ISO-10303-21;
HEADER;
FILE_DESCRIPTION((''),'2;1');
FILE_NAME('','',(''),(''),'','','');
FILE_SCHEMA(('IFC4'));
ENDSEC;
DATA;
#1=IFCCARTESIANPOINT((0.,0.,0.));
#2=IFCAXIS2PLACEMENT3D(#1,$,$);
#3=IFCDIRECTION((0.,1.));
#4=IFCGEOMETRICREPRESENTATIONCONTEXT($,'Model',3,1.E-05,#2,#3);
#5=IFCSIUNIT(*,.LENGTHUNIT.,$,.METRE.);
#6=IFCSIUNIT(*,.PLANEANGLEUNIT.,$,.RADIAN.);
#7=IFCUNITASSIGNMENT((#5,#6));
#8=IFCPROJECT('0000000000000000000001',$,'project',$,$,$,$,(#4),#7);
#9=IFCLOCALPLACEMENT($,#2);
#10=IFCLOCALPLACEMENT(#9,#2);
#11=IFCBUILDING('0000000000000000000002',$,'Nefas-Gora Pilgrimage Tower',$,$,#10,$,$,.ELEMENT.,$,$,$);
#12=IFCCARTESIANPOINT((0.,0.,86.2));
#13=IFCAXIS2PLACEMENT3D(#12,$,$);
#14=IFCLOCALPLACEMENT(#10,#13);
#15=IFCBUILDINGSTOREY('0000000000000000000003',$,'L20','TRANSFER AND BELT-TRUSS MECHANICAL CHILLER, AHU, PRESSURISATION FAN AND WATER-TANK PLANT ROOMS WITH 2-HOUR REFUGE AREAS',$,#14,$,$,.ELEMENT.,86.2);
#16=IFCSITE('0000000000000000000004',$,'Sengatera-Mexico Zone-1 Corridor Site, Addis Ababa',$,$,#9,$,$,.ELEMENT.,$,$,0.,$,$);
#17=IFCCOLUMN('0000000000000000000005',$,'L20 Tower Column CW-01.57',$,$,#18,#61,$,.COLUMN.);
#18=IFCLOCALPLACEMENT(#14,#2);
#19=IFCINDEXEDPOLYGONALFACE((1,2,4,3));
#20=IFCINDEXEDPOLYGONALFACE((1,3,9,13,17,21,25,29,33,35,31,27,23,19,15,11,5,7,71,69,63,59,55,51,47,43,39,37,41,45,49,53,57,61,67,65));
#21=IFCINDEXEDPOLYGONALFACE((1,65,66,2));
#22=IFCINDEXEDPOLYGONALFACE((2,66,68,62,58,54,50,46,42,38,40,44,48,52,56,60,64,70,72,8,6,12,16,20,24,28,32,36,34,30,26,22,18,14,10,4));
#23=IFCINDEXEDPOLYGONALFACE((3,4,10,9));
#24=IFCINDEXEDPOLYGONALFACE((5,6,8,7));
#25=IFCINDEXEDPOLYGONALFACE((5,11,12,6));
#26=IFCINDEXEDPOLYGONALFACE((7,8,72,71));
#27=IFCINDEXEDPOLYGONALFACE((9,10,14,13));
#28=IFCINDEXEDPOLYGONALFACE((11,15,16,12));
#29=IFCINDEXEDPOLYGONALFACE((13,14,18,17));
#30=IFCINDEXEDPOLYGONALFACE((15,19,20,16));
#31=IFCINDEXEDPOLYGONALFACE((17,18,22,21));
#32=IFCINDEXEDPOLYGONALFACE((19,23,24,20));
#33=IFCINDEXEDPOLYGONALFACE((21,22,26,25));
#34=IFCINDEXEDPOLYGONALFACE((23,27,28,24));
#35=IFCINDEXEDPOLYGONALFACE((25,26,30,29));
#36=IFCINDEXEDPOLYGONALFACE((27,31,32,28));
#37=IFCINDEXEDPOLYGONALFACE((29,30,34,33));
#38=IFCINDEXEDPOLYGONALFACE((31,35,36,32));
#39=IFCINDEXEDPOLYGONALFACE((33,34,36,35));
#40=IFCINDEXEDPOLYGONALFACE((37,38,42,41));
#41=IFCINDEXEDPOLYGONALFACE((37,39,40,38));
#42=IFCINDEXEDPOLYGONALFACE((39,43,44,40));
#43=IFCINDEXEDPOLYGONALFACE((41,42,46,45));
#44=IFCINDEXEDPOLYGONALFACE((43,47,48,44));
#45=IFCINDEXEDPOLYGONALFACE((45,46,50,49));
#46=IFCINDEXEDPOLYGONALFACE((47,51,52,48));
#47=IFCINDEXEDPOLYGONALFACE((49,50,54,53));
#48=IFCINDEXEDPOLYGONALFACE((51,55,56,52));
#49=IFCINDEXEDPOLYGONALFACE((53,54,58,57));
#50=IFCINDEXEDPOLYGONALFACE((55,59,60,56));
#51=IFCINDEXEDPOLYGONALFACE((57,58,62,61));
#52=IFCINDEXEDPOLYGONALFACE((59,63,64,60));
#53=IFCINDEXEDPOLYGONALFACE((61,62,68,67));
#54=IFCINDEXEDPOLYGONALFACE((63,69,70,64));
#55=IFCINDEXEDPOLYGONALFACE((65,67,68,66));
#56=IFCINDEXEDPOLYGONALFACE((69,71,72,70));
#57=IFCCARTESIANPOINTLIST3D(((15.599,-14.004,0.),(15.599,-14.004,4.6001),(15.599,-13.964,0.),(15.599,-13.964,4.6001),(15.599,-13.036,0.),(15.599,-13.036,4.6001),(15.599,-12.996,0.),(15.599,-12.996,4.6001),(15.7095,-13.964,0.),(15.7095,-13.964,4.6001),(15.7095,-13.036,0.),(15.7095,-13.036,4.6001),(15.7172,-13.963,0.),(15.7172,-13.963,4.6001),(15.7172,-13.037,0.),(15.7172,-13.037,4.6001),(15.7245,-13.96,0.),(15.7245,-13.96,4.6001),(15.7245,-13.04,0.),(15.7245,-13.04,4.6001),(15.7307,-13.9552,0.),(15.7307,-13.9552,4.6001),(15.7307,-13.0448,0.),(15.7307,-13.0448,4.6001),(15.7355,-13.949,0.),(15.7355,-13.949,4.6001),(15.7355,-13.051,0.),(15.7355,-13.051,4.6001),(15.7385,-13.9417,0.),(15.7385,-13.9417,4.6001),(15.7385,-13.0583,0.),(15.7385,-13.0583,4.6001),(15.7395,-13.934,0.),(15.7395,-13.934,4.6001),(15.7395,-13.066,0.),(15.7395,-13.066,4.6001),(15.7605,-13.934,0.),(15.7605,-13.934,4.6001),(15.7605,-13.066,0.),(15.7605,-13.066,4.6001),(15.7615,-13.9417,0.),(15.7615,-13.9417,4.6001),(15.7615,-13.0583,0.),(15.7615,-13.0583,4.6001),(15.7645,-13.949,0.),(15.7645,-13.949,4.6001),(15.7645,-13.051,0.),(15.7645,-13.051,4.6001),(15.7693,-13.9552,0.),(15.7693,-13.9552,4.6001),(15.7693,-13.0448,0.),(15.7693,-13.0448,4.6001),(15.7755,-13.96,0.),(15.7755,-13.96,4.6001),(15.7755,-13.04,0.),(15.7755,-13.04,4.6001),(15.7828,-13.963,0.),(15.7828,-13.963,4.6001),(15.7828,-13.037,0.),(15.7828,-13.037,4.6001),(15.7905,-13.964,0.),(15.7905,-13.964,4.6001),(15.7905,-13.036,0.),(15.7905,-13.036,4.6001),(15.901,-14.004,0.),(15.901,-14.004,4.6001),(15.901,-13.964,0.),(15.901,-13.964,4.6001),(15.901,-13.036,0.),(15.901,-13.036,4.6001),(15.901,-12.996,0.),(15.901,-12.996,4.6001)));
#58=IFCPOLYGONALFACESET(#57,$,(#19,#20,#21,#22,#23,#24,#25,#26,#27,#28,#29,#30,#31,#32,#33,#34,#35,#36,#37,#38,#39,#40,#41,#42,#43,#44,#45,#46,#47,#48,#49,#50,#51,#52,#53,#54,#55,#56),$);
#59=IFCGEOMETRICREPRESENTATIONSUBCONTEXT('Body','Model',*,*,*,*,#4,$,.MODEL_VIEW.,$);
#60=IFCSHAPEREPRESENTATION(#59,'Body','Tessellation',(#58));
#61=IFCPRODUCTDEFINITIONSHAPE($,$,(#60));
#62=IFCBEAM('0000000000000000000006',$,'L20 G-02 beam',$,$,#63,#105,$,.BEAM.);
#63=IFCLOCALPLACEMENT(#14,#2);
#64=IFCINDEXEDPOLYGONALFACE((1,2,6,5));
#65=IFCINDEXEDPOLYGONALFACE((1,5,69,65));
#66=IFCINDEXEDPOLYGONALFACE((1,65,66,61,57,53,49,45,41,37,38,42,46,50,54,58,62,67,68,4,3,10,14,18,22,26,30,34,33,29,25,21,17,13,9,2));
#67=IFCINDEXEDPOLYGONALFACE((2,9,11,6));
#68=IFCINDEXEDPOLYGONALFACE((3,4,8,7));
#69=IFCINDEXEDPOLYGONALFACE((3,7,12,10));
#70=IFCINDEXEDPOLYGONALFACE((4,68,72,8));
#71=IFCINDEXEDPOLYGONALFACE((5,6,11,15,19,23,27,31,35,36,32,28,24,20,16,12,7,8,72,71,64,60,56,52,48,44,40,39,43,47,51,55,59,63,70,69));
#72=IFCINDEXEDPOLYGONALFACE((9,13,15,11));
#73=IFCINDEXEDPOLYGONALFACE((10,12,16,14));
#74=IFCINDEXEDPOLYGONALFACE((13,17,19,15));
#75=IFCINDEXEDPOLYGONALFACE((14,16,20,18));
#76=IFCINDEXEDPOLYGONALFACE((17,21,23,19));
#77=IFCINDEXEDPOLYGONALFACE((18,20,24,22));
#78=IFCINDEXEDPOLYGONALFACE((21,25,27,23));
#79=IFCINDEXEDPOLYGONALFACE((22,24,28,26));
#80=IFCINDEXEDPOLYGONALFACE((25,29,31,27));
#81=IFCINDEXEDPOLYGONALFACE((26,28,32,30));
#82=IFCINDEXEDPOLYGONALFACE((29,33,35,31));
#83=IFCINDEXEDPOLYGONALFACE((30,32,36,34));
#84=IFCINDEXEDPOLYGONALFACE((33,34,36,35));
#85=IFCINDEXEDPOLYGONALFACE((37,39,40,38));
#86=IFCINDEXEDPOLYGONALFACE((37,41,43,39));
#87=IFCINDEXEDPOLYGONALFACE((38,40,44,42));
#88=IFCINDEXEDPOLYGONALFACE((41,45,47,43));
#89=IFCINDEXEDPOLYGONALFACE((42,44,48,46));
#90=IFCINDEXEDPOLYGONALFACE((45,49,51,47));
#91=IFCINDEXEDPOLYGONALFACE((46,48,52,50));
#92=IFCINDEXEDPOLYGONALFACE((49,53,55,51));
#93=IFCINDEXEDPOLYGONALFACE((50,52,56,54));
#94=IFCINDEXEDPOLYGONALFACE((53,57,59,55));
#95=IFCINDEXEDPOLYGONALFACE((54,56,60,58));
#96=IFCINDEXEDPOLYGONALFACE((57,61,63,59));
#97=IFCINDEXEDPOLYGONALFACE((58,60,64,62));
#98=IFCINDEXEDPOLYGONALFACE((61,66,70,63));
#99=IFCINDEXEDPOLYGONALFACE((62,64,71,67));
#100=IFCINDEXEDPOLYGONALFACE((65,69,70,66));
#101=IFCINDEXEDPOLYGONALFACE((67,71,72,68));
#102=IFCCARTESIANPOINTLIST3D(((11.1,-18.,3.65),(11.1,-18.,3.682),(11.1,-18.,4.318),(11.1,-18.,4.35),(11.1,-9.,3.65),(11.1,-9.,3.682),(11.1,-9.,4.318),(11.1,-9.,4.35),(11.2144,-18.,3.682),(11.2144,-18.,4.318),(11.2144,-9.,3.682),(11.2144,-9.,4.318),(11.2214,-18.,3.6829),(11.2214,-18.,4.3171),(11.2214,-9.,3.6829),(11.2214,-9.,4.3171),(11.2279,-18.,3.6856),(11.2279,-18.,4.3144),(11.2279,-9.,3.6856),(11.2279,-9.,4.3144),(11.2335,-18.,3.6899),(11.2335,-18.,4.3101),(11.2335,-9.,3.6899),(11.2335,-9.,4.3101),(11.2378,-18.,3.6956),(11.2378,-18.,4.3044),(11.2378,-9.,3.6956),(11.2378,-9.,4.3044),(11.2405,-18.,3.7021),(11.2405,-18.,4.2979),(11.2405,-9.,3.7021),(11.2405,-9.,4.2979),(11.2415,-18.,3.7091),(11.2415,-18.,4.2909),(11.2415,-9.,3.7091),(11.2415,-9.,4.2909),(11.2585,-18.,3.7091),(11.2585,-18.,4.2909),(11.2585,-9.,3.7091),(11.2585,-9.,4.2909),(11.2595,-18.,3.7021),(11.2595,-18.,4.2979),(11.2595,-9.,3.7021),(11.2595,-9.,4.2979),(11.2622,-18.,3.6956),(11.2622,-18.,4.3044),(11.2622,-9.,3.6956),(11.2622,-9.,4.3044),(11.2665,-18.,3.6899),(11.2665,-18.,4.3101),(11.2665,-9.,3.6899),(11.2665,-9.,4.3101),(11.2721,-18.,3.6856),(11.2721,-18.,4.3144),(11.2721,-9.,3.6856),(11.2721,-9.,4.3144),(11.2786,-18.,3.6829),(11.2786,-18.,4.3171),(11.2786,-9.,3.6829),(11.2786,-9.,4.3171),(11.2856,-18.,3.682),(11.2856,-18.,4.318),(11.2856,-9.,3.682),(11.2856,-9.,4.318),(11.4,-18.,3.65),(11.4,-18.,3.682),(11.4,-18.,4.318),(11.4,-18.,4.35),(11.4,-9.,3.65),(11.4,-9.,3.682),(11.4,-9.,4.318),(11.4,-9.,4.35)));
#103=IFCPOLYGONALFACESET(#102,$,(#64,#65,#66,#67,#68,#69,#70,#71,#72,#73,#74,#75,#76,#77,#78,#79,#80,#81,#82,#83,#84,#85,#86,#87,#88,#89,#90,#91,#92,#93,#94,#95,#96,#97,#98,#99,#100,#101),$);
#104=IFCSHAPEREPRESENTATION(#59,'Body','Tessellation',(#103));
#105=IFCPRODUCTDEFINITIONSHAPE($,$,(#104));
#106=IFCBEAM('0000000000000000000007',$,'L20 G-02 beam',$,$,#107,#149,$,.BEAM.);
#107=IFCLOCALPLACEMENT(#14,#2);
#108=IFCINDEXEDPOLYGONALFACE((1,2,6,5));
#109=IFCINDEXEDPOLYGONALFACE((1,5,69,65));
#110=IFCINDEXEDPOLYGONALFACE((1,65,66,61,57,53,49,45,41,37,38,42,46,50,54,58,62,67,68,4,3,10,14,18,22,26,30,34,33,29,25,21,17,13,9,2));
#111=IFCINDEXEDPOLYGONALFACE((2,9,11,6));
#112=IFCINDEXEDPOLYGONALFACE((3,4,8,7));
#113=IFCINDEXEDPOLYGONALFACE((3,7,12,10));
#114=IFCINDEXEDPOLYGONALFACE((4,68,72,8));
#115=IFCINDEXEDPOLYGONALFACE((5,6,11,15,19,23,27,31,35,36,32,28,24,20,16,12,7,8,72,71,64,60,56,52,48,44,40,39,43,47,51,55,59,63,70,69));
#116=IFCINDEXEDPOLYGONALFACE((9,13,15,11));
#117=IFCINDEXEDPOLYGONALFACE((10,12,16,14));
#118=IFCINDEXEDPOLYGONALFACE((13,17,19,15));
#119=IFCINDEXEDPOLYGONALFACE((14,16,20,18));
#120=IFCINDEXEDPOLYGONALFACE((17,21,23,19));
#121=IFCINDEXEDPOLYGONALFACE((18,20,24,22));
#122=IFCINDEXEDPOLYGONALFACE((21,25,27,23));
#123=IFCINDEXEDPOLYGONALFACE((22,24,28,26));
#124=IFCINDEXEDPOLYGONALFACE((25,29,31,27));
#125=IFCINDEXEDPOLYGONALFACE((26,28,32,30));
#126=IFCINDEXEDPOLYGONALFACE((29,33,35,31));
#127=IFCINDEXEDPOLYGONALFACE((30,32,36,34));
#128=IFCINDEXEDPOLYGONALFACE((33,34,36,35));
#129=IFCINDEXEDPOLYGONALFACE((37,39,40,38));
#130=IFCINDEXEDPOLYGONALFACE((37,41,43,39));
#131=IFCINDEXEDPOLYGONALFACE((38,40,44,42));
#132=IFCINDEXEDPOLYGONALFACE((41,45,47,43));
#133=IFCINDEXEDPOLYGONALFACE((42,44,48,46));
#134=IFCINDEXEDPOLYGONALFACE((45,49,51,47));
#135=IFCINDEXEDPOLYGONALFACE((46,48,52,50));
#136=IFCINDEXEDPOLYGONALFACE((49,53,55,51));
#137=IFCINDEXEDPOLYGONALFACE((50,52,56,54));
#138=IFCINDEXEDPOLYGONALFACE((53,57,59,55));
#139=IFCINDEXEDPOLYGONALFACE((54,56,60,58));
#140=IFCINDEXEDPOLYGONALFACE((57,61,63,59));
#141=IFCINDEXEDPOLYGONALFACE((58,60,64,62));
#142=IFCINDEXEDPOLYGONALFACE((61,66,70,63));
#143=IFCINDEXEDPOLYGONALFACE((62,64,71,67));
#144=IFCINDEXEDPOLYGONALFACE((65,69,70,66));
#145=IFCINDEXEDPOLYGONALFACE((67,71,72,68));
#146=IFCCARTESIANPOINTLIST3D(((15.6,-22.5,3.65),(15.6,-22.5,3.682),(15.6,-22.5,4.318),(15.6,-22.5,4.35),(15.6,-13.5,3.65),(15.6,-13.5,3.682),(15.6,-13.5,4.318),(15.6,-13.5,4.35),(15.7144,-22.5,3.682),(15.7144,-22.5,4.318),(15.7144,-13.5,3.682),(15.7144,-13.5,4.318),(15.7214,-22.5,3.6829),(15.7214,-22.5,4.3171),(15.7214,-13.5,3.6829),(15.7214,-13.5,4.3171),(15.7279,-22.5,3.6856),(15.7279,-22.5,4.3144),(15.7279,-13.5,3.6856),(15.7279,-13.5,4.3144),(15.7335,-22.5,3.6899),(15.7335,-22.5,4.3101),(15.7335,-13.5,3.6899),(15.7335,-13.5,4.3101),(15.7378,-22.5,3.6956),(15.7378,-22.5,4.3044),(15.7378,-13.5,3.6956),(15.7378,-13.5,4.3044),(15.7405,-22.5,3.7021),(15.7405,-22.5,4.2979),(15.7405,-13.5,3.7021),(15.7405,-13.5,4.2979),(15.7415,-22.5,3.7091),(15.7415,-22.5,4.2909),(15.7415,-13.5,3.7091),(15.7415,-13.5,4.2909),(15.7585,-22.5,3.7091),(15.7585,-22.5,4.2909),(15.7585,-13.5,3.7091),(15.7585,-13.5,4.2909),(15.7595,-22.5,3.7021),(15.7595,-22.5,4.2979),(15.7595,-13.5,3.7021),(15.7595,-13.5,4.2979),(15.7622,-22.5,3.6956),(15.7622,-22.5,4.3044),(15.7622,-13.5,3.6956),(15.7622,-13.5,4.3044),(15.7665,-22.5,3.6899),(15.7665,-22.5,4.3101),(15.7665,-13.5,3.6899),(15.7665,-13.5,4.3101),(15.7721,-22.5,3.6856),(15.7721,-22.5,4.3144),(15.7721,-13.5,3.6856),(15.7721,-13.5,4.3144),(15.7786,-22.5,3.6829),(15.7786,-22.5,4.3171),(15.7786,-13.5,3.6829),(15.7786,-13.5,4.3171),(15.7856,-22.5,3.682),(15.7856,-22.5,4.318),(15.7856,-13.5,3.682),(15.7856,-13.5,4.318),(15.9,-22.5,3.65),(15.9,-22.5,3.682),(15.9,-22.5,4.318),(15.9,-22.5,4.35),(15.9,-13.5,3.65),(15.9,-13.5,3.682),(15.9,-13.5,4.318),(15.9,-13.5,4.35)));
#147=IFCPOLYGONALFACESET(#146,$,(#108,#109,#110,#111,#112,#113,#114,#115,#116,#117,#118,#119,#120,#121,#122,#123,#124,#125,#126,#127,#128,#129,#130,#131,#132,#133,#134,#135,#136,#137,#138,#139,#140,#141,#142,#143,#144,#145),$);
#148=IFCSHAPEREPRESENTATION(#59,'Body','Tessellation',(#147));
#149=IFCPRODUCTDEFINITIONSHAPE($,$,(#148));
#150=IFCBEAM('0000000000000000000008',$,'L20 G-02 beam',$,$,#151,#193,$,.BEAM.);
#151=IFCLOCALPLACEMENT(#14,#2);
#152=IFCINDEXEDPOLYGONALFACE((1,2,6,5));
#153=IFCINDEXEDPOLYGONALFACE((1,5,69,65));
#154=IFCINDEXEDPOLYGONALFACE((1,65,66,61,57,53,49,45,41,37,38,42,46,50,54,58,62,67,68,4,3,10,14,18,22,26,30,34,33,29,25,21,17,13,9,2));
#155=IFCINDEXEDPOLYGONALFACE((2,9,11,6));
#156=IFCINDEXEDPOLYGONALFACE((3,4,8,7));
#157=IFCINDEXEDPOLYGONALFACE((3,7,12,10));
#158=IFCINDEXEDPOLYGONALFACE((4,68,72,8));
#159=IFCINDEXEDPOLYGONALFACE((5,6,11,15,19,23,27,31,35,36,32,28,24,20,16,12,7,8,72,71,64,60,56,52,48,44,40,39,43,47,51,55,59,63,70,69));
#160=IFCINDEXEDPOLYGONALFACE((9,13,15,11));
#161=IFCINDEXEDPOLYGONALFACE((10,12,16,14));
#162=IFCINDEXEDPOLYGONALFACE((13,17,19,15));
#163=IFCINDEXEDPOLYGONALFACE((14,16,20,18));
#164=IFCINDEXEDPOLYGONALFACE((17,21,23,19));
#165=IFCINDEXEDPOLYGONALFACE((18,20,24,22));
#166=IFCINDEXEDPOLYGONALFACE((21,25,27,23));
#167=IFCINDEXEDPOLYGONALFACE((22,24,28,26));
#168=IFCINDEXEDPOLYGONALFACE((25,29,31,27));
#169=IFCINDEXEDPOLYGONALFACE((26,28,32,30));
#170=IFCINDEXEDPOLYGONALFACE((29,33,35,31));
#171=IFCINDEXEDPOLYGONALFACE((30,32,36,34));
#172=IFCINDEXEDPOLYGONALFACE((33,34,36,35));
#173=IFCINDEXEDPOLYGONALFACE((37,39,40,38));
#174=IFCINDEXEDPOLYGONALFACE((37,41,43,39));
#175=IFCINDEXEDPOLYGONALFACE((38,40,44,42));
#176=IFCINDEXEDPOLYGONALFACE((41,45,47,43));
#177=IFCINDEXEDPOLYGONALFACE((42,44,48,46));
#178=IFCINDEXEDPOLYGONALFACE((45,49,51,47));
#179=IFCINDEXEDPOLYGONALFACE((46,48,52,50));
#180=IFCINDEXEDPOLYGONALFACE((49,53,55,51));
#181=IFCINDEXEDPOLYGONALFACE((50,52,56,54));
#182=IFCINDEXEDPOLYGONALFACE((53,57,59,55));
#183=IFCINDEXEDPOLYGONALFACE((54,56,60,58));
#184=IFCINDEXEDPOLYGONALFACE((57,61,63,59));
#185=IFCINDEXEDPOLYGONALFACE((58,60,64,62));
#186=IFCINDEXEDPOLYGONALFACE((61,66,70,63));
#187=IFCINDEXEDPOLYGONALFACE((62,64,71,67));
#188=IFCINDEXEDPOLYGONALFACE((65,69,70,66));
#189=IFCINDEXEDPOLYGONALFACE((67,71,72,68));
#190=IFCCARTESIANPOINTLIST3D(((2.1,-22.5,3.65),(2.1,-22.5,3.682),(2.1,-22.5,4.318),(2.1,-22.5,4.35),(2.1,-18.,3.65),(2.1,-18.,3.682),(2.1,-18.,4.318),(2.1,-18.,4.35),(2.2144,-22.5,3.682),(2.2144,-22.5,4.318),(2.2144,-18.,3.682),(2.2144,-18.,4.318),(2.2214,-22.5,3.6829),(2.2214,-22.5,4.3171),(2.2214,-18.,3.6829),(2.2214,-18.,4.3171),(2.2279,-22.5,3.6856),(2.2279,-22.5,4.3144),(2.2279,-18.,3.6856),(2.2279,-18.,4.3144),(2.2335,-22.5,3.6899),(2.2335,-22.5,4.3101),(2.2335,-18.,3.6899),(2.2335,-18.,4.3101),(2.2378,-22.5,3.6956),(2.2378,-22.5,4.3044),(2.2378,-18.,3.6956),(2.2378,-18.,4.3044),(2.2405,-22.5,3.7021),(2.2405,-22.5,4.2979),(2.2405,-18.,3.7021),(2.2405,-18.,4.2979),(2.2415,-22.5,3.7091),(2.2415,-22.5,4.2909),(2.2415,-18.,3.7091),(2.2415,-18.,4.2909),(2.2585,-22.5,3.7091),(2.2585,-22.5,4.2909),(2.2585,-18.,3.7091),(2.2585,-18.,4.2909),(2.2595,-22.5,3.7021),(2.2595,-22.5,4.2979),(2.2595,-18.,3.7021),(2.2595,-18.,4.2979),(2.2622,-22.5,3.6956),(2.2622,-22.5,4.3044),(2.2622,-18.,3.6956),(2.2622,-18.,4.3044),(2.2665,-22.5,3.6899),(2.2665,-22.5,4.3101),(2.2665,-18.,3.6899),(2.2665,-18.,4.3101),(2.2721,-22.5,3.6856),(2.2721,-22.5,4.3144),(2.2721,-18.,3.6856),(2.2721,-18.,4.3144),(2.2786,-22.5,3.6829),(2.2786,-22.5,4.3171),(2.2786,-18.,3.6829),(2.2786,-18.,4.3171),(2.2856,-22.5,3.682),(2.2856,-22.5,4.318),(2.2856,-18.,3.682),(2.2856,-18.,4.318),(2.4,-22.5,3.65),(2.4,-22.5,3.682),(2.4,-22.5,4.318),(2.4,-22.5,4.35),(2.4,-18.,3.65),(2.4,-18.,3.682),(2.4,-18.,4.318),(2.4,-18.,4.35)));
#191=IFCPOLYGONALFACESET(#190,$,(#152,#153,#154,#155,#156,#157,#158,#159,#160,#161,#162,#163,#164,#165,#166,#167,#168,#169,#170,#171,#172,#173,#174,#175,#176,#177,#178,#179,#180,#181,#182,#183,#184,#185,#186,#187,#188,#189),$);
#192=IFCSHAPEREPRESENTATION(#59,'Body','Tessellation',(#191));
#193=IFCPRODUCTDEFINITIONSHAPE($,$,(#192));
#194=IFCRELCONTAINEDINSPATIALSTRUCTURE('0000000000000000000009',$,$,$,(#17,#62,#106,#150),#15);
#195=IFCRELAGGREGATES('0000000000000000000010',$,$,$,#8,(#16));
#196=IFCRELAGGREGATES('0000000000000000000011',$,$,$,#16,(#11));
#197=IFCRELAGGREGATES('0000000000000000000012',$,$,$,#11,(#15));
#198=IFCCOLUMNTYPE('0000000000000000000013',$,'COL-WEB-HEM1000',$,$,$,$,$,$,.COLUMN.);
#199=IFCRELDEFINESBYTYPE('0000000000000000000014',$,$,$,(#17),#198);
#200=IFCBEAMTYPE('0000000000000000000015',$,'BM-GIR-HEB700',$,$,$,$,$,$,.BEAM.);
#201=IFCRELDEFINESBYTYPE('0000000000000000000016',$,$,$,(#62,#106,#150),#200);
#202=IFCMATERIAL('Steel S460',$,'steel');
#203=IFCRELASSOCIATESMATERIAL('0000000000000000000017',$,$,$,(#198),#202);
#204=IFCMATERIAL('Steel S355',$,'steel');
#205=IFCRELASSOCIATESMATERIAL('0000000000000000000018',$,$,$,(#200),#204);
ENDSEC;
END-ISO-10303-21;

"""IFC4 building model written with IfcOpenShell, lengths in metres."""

from ifc_helpers import new_model, si_unit, direction, frame, origin, origin_2d, place, context, subcontext, project, spatial, i_section, extrude, source, transform, mapped, material, material_profile, profile_set, type_object, element, save


model = new_model("IFC4")

# Units and contexts
model_context = context("Model", 3, precision=1e-05, world=origin(), true_north=direction((0.0, 1.0)))
body_context = subcontext(model_context, "Body", "Model", "MODEL_VIEW")
ifc_project = project(units=[si_unit("LENGTHUNIT", "METRE"), si_unit("PLANEANGLEUNIT", "RADIAN")], contexts=[model_context])

# Site, building, storey
site_placement = place(None, origin())
site = spatial("IfcSite", under=ifc_project, at=site_placement, Name="Sengatera-Mexico Zone-1 Corridor Site, Addis Ababa", CompositionType="ELEMENT", RefElevation=0.0)
building_placement = place(site_placement, origin())
building = spatial("IfcBuilding", under=site, at=building_placement, Name="Nefas-Gora Pilgrimage Tower", CompositionType="ELEMENT")
storey_placement = place(building_placement, frame((0.0, 0.0, 86.2)))
storey = spatial("IfcBuildingStorey", under=building, at=storey_placement, Name="L20", Description="TRANSFER AND BELT-TRUSS MECHANICAL CHILLER, AHU, PRESSURISATION FAN AND WATER-TANK PLANT ROOMS WITH 2-HOUR REFUGE AREAS", CompositionType="ELEMENT", Elevation=86.2)

# Column
ifc_material_1 = material(Name="Steel S460", Category="steel")
ifc_material_profile_1 = material_profile(ifc_material_1, i_section(OverallWidth=0.302, OverallDepth=1.0081, WebThickness=0.021, FlangeThickness=0.04, FilletRadius=0.03, at=origin_2d()), Name="HEM 1000")
ifc_profile_set_1 = profile_set([ifc_material_profile_1], Name="Steel S460")
column_type_1 = type_object("IfcColumnType", Name="COL-WEB-HEM1000", PredefinedType="COLUMN", material=ifc_profile_set_1)
shared_shape_1 = source(origin(), body_context, "Body", "SweptSolid", [
    extrude(i_section(OverallWidth=0.302, OverallDepth=1.0081, WebThickness=0.021, FlangeThickness=0.04, FilletRadius=0.03, at=origin_2d()), origin(), (0.0, 0.0, 1.0), 4.6001),
])
for number, where, z_axis, x_axis, name in (
    (1, (15.75, -13.5, 0.0), (0.0, 0.0, 1.0), (1.0, 0.0, 0.0), "L20 Tower Column CW-01.57"),
):
    element("IfcColumn", number, at=place(storey_placement, frame(where, z_axis=z_axis, x_axis=x_axis)), inside=storey, type_object=column_type_1, Name=name, PredefinedType="COLUMN", context=body_context, shape_type="MappedRepresentation", body=[
        mapped(shared_shape_1, transform((0.0, 0.0, 0.0), x_axis=(1.0, 0.0, 0.0), y_axis=(0.0, 1.0, 0.0), z_axis=(0.0, 0.0, 1.0), scale=1.0)),
    ])

# Beams
ifc_material_2 = material(Name="Steel S355", Category="steel")
ifc_material_profile_2 = material_profile(ifc_material_2, i_section(OverallWidth=0.3, OverallDepth=0.7, WebThickness=0.0171, FlangeThickness=0.032, FilletRadius=0.0271, at=origin_2d()), Name="HEB 700")
ifc_profile_set_2 = profile_set([ifc_material_profile_2], Name="Steel S355")
beam_type_1 = type_object("IfcBeamType", Name="BM-GIR-HEB700", PredefinedType="BEAM", material=ifc_profile_set_2)
shared_shape_2 = source(origin(), body_context, "Body", "SweptSolid", [
    extrude(i_section(OverallWidth=0.3, OverallDepth=0.7, WebThickness=0.0171, FlangeThickness=0.032, FilletRadius=0.0271, at=origin_2d()), origin(), (0.0, 0.0, 1.0), 9.0),
])
for number, where, z_axis, x_axis, name in (
    (2, (11.25, -18.0, 4.0), (0.0, 1.0, 0.0), (-1.0, 0.0, 0.0), "L20 G-02 beam"),
    (3, (15.75, -22.5, 4.0), (0.0, 1.0, 0.0), (-1.0, 0.0, 0.0), "L20 G-02 beam"),
):
    element("IfcBeam", number, at=place(storey_placement, frame(where, z_axis=z_axis, x_axis=x_axis)), inside=storey, type_object=beam_type_1, Name=name, PredefinedType="BEAM", context=body_context, shape_type="MappedRepresentation", body=[
        mapped(shared_shape_2, transform((0.0, 0.0, 0.0), x_axis=(1.0, 0.0, 0.0), y_axis=(0.0, 1.0, 0.0), z_axis=(0.0, 0.0, 1.0), scale=1.0)),
    ])
shared_shape_3 = source(origin(), body_context, "Body", "SweptSolid", [
    extrude(i_section(OverallWidth=0.3, OverallDepth=0.7, WebThickness=0.0171, FlangeThickness=0.032, FilletRadius=0.0271, at=origin_2d()), origin(), (0.0, 0.0, 1.0), 4.5),
])
for number, where, z_axis, x_axis, name in (
    (4, (2.25, -22.5, 4.0), (0.0, 1.0, 0.0), (-1.0, 0.0, 0.0), "L20 G-02 beam"),
):
    element("IfcBeam", number, at=place(storey_placement, frame(where, z_axis=z_axis, x_axis=x_axis)), inside=storey, type_object=beam_type_1, Name=name, PredefinedType="BEAM", context=body_context, shape_type="MappedRepresentation", body=[
        mapped(shared_shape_3, transform((0.0, 0.0, 0.0), x_axis=(1.0, 0.0, 0.0), y_axis=(0.0, 1.0, 0.0), z_axis=(0.0, 0.0, 1.0), scale=1.0)),
    ])

save(model, "model.ifc")
